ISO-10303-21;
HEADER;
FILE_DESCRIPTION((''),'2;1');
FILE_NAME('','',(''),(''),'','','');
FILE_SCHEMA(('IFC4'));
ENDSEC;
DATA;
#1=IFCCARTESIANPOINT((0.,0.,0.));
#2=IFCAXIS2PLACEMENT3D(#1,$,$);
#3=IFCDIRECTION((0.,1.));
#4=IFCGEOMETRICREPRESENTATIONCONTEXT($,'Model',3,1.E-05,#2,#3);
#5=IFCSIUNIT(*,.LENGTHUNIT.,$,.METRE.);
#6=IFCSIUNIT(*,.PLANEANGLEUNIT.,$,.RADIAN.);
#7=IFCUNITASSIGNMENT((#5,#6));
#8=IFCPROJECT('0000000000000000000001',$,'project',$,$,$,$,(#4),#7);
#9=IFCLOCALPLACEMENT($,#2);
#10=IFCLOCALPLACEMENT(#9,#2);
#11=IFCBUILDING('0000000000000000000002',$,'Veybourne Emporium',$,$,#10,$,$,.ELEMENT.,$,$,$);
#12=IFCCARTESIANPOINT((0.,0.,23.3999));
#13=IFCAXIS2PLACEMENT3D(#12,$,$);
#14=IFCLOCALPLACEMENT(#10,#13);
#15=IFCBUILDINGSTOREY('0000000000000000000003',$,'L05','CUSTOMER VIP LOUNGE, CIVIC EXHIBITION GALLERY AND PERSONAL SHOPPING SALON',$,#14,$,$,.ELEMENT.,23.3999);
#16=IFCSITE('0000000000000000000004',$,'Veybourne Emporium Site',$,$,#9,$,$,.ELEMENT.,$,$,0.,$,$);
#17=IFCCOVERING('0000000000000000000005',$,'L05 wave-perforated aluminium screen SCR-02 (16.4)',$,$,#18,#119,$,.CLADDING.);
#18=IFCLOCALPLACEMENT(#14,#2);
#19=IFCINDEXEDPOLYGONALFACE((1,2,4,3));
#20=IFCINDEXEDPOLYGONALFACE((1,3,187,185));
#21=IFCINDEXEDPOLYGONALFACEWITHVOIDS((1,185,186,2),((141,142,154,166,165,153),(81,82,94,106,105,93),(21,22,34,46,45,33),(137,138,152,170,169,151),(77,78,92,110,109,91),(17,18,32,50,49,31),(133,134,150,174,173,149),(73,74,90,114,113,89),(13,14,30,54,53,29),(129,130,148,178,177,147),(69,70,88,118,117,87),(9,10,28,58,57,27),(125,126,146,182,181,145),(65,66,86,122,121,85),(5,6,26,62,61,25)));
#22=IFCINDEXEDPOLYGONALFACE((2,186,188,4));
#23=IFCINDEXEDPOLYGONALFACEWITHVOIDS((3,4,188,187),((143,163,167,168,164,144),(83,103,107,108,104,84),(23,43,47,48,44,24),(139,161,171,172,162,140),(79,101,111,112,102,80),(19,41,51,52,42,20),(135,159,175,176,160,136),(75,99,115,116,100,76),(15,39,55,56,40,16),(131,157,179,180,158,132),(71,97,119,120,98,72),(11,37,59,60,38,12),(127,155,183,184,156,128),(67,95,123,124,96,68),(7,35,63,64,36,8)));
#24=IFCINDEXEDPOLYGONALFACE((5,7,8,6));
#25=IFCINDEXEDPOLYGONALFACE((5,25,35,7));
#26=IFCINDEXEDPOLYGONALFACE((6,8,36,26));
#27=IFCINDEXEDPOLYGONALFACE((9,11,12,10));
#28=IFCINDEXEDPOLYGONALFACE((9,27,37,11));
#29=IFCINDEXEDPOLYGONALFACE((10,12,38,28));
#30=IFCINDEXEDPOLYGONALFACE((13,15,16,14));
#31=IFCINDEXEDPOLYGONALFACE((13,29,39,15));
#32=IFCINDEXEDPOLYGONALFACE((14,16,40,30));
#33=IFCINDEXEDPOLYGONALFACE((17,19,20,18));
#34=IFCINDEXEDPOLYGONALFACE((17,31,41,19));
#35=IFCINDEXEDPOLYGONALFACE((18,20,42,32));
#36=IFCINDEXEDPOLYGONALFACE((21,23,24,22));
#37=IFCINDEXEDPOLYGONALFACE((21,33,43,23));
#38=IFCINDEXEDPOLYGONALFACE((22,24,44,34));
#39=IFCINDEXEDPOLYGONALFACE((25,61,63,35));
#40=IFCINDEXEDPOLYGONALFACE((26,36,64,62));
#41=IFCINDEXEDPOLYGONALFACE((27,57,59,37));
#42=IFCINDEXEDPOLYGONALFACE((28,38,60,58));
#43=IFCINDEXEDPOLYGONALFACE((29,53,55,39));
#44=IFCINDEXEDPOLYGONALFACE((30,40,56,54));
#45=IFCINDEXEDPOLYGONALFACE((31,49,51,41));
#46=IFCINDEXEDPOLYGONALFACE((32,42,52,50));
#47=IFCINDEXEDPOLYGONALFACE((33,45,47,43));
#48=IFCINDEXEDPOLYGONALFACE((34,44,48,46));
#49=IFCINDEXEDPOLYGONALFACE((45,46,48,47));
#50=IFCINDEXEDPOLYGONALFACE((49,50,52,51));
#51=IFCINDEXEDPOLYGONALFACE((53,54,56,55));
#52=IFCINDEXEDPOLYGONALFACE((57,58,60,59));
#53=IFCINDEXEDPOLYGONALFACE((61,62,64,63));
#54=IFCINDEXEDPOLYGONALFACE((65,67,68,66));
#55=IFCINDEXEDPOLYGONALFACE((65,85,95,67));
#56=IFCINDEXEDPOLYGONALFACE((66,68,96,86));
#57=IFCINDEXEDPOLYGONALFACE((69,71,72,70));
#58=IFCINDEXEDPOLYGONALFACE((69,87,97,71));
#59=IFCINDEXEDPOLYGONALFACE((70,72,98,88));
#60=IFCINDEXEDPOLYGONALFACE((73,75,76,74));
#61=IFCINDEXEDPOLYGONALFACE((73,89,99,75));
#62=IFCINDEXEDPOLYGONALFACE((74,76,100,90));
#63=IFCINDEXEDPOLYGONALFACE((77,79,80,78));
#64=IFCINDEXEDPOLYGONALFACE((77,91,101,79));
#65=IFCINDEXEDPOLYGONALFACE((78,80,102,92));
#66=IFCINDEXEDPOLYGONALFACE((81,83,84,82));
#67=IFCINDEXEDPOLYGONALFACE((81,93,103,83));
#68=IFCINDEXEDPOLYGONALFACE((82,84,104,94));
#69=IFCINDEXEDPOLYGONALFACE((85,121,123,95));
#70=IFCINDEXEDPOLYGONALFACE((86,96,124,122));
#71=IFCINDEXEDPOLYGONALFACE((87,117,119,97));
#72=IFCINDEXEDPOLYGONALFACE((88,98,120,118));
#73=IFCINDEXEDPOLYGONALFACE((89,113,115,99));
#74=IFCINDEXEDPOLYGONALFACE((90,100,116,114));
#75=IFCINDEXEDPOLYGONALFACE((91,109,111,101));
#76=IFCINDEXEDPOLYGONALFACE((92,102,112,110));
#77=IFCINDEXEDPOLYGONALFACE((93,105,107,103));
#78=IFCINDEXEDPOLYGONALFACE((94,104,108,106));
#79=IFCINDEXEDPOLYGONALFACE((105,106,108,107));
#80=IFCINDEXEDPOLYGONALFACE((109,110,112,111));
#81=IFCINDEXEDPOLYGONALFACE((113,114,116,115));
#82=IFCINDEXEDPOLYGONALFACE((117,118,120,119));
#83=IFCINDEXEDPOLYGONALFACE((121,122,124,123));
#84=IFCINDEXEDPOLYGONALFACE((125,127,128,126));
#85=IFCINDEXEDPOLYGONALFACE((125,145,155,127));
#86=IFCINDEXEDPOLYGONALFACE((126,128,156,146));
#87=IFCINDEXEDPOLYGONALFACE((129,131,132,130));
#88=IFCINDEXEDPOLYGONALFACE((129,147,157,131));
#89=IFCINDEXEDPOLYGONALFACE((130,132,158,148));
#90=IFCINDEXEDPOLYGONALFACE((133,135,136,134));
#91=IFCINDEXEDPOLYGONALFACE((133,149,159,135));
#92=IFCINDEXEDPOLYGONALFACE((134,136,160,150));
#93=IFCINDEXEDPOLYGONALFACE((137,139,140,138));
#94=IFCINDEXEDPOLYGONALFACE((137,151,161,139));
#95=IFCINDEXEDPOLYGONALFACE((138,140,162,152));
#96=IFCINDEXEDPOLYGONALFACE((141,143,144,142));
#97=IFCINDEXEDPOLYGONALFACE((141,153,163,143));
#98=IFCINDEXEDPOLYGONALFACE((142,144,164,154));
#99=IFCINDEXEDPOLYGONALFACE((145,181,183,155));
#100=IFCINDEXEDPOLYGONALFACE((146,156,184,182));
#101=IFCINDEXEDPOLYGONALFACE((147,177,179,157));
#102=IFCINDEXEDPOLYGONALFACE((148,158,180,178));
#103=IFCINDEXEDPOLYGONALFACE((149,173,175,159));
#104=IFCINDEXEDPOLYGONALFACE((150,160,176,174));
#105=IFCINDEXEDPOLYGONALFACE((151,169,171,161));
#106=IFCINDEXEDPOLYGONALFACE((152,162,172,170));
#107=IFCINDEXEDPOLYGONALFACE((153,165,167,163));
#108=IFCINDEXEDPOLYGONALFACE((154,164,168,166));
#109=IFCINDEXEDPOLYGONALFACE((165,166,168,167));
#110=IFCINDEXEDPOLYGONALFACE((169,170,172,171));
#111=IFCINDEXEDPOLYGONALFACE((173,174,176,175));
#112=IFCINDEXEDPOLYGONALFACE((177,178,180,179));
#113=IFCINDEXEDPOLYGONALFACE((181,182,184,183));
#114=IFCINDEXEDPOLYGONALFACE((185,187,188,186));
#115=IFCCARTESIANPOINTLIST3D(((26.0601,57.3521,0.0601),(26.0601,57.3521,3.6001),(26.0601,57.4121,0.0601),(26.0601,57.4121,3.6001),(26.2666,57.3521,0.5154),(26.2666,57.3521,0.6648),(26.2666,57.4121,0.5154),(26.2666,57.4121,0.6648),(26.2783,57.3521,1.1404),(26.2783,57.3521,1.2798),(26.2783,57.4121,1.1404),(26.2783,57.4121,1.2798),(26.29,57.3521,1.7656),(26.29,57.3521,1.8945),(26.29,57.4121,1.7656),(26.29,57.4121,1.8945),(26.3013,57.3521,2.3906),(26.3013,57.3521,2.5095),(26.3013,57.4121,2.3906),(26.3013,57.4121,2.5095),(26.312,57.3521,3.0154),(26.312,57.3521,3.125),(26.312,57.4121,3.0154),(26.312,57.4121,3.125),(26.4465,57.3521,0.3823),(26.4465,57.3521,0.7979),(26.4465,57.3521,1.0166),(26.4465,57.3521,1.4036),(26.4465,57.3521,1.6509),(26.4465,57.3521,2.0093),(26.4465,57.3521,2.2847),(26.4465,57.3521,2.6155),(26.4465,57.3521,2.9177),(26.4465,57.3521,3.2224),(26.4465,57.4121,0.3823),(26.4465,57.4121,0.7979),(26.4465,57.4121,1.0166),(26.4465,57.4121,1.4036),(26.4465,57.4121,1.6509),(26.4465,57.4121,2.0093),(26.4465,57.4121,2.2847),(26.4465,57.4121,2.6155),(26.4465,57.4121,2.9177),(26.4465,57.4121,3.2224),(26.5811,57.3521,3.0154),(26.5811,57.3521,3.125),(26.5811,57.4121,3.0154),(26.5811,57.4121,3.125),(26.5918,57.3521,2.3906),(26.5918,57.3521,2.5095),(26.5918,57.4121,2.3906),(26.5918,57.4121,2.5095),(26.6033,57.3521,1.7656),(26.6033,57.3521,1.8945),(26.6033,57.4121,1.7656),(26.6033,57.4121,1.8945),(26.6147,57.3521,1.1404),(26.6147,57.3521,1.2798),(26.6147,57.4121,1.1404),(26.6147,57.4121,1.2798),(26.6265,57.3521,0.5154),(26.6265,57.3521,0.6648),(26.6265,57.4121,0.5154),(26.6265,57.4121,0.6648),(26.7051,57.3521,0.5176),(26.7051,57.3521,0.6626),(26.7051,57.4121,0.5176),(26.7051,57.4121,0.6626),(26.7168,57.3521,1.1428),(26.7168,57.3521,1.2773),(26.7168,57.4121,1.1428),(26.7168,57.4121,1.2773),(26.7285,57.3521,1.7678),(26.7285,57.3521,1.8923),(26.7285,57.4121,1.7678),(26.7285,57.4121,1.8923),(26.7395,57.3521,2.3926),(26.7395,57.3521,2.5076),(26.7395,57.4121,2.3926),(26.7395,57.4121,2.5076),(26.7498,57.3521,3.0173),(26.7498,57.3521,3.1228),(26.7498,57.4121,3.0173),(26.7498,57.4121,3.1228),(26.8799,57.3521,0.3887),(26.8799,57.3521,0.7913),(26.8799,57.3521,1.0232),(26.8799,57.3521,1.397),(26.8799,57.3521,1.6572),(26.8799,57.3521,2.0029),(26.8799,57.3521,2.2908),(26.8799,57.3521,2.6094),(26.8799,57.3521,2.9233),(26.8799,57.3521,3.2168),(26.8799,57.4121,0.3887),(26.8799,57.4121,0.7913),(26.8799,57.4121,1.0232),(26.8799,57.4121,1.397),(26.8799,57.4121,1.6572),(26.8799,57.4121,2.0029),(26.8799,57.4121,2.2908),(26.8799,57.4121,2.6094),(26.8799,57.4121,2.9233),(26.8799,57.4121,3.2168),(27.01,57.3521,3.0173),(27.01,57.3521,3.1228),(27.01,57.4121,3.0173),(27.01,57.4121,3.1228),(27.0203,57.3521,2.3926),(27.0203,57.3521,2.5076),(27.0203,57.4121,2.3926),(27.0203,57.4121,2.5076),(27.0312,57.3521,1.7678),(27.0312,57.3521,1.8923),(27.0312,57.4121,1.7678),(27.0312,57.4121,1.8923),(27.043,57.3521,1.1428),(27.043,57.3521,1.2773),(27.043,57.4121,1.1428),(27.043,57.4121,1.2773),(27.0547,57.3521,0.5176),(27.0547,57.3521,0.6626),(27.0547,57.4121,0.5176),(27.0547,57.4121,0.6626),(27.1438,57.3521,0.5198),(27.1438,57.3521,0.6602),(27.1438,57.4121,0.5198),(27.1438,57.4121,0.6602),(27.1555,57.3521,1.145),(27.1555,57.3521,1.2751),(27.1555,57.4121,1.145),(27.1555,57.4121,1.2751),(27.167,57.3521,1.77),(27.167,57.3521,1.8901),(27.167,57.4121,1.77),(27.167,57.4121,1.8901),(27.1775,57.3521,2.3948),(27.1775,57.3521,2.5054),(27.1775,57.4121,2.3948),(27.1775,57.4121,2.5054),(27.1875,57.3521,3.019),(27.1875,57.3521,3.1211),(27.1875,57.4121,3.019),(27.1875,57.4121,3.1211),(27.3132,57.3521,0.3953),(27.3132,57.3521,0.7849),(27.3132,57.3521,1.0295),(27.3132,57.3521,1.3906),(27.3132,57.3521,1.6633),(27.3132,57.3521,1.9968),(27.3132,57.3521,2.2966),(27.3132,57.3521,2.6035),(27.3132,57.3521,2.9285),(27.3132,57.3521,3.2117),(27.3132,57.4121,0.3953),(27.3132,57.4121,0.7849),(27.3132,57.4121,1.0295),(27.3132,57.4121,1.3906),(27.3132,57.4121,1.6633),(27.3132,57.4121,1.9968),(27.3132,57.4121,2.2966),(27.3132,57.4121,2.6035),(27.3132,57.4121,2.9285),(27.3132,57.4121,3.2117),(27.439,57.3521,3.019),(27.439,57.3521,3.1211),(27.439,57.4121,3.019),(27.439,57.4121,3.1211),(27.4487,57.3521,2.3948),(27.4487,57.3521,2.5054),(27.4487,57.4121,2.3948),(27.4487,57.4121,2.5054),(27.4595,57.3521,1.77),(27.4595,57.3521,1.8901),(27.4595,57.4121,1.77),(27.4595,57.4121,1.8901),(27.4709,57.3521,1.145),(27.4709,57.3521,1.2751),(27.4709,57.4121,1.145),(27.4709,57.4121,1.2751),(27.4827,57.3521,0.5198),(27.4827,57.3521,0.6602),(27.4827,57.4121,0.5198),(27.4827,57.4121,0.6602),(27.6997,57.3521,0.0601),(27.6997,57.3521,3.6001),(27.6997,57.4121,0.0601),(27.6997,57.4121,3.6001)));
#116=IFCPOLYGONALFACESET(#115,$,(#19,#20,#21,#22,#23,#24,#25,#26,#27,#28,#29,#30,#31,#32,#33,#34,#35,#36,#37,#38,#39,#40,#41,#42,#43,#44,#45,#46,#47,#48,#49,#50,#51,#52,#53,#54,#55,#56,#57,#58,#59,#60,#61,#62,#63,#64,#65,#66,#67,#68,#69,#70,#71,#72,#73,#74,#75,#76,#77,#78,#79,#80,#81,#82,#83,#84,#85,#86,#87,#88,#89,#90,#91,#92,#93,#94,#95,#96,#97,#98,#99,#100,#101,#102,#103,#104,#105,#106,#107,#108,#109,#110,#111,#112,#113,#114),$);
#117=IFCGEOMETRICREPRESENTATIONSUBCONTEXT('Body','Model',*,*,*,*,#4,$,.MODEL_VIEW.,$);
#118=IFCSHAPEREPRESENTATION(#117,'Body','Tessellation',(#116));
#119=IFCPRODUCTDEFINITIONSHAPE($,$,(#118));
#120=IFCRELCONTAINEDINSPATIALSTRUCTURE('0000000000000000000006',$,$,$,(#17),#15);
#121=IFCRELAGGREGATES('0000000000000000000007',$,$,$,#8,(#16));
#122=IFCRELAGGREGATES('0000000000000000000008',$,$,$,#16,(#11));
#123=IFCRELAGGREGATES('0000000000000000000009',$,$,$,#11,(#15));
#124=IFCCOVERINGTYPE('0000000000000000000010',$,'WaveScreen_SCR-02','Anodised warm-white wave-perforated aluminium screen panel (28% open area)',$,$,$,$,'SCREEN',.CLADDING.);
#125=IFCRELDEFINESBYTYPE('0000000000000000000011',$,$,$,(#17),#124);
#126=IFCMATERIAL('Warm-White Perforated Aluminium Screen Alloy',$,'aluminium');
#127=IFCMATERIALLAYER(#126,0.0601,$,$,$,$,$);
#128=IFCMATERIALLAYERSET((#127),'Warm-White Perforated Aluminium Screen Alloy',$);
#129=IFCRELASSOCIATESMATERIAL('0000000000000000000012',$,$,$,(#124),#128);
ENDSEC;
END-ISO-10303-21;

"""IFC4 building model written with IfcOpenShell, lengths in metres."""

from ifc_helpers import new_model, si_unit, direction, frame, origin, place, context, subcontext, project, spatial, polyline, outline, extrude, material, layer, layer_set, type_object, element, save


model = new_model("IFC4")

# Units and contexts
model_context = context("Model", 3, precision=1e-05, world=origin(), true_north=direction((0.0, 1.0)))
body_context = subcontext(model_context, "Body", "Model", "MODEL_VIEW")
ifc_project = project(units=[si_unit("LENGTHUNIT", "METRE"), si_unit("PLANEANGLEUNIT", "RADIAN")], contexts=[model_context])

# Site, building, storey
site_placement = place(None, origin())
site = spatial("IfcSite", under=ifc_project, at=site_placement, Name="Veybourne Emporium Site", CompositionType="ELEMENT", RefElevation=0.0)
building_placement = place(site_placement, origin())
building = spatial("IfcBuilding", under=site, at=building_placement, Name="Veybourne Emporium", CompositionType="ELEMENT")
storey_placement = place(building_placement, frame((0.0, 0.0, 23.3999)))
storey = spatial("IfcBuildingStorey", under=building, at=storey_placement, Name="L05", Description="CUSTOMER VIP LOUNGE, CIVIC EXHIBITION GALLERY AND PERSONAL SHOPPING SALON", CompositionType="ELEMENT", Elevation=23.3999)

# Covering
ifc_material_1 = material(Name="Warm-White Perforated Aluminium Screen Alloy", Category="aluminium")
ifc_layer_1 = layer(ifc_material_1, 0.0601)
ifc_layer_set_1 = layer_set([ifc_layer_1], Name="Warm-White Perforated Aluminium Screen Alloy")
covering_type_1 = type_object("IfcCoveringType", Name="WaveScreen_SCR-02", Description="Anodised warm-white wave-perforated aluminium screen panel (28% open area)", ElementType="SCREEN", PredefinedType="CLADDING", material=ifc_layer_set_1)
covering_1_placement = place(storey_placement, frame((26.8799, 57.3521, 1.8301), z_axis=(0.0, 1.0, 0.0), x_axis=(-1.0, 0.0, 0.0)))
element("IfcCovering", 1, at=covering_1_placement, inside=storey, type_object=covering_type_1, Name="L05 wave-perforated aluminium screen SCR-02 (16.4)", PredefinedType="CLADDING", context=body_context, shape_type="SweptSolid", body=[
    extrude(outline(polyline([(-0.8198, -1.77), (0.8198, -1.77), (0.8198, 1.77), (-0.8198, 1.77), (-0.8198, -1.77)]), holes=[polyline([(-0.4333, -1.0452), (-0.2639, -1.1699), (-0.2639, -1.3103), (-0.4333, -1.4348), (-0.6028, -1.3103), (-0.6028, -1.1699), (-0.4333, -1.0452)]), polyline([(-0.4333, -0.4395), (-0.2756, -0.5549), (-0.2756, -0.6851), (-0.4333, -0.8005), (-0.5911, -0.6851), (-0.5911, -0.5549), (-0.4333, -0.4395)]), polyline([(-0.4333, 0.1667), (-0.2871, 0.0601), (-0.2871, -0.0601), (-0.4333, -0.1667), (-0.5796, -0.0601), (-0.5796, 0.0601), (-0.4333, 0.1667)]), polyline([(-0.4333, 0.7734), (-0.2976, 0.6753), (-0.2976, 0.5647), (-0.4333, 0.4666), (-0.5688, 0.5647), (-0.5688, 0.6753), (-0.4333, 0.7734)]), polyline([(-0.4333, 1.3816), (-0.3076, 1.291), (-0.3076, 1.189), (-0.4333, 1.0984), (-0.5591, 1.189), (-0.5591, 1.291), (-0.4333, 1.3816)]), polyline([(0.0, -1.0388), (0.1748, -1.1675), (0.1748, -1.3125), (0.0, -1.4414), (-0.1748, -1.3125), (-0.1748, -1.1675), (0.0, -1.0388)]), polyline([(0.0, -0.4331), (0.1631, -0.5527), (0.1631, -0.6873), (0.0, -0.8069), (-0.1631, -0.6873), (-0.1631, -0.5527), (0.0, -0.4331)]), polyline([(0.0, 0.1729), (0.1514, 0.0623), (0.1514, -0.0623), (0.0, -0.1729), (-0.1514, -0.0623), (-0.1514, 0.0623), (0.0, 0.1729)]), polyline([(0.0, 0.7793), (0.1404, 0.6775), (0.1404, 0.5625), (0.0, 0.4607), (-0.1404, 0.5625), (-0.1404, 0.6775), (0.0, 0.7793)]), polyline([(0.0, 1.3867), (0.1301, 1.2927), (0.1301, 1.1873), (0.0, 1.0933), (-0.1301, 1.1873), (-0.1301, 1.2927), (0.0, 1.3867)]), polyline([(0.4333, -1.0322), (0.6133, -1.1653), (0.6133, -1.3147), (0.4333, -1.4478), (0.2534, -1.3147), (0.2534, -1.1653), (0.4333, -1.0322)]), polyline([(0.4333, -0.4265), (0.6016, -0.5503), (0.6016, -0.6897), (0.4333, -0.8135), (0.2651, -0.6897), (0.2651, -0.5503), (0.4333, -0.4265)]), polyline([(0.4333, 0.1792), (0.5898, 0.0645), (0.5898, -0.0645), (0.4333, -0.1792), (0.2766, -0.0645), (0.2766, 0.0645), (0.4333, 0.1792)]), polyline([(0.4333, 0.7854), (0.5786, 0.6794), (0.5786, 0.5605), (0.4333, 0.4546), (0.2881, 0.5605), (0.2881, 0.6794), (0.4333, 0.7854)]), polyline([(0.4333, 1.3923), (0.5679, 1.2949), (0.5679, 1.1853), (0.4333, 1.0876), (0.2988, 1.1853), (0.2988, 1.2949), (0.4333, 1.3923)])]), origin(), (0.0, 0.0, 1.0), 0.0601),
])

save(model, "model.ifc")
